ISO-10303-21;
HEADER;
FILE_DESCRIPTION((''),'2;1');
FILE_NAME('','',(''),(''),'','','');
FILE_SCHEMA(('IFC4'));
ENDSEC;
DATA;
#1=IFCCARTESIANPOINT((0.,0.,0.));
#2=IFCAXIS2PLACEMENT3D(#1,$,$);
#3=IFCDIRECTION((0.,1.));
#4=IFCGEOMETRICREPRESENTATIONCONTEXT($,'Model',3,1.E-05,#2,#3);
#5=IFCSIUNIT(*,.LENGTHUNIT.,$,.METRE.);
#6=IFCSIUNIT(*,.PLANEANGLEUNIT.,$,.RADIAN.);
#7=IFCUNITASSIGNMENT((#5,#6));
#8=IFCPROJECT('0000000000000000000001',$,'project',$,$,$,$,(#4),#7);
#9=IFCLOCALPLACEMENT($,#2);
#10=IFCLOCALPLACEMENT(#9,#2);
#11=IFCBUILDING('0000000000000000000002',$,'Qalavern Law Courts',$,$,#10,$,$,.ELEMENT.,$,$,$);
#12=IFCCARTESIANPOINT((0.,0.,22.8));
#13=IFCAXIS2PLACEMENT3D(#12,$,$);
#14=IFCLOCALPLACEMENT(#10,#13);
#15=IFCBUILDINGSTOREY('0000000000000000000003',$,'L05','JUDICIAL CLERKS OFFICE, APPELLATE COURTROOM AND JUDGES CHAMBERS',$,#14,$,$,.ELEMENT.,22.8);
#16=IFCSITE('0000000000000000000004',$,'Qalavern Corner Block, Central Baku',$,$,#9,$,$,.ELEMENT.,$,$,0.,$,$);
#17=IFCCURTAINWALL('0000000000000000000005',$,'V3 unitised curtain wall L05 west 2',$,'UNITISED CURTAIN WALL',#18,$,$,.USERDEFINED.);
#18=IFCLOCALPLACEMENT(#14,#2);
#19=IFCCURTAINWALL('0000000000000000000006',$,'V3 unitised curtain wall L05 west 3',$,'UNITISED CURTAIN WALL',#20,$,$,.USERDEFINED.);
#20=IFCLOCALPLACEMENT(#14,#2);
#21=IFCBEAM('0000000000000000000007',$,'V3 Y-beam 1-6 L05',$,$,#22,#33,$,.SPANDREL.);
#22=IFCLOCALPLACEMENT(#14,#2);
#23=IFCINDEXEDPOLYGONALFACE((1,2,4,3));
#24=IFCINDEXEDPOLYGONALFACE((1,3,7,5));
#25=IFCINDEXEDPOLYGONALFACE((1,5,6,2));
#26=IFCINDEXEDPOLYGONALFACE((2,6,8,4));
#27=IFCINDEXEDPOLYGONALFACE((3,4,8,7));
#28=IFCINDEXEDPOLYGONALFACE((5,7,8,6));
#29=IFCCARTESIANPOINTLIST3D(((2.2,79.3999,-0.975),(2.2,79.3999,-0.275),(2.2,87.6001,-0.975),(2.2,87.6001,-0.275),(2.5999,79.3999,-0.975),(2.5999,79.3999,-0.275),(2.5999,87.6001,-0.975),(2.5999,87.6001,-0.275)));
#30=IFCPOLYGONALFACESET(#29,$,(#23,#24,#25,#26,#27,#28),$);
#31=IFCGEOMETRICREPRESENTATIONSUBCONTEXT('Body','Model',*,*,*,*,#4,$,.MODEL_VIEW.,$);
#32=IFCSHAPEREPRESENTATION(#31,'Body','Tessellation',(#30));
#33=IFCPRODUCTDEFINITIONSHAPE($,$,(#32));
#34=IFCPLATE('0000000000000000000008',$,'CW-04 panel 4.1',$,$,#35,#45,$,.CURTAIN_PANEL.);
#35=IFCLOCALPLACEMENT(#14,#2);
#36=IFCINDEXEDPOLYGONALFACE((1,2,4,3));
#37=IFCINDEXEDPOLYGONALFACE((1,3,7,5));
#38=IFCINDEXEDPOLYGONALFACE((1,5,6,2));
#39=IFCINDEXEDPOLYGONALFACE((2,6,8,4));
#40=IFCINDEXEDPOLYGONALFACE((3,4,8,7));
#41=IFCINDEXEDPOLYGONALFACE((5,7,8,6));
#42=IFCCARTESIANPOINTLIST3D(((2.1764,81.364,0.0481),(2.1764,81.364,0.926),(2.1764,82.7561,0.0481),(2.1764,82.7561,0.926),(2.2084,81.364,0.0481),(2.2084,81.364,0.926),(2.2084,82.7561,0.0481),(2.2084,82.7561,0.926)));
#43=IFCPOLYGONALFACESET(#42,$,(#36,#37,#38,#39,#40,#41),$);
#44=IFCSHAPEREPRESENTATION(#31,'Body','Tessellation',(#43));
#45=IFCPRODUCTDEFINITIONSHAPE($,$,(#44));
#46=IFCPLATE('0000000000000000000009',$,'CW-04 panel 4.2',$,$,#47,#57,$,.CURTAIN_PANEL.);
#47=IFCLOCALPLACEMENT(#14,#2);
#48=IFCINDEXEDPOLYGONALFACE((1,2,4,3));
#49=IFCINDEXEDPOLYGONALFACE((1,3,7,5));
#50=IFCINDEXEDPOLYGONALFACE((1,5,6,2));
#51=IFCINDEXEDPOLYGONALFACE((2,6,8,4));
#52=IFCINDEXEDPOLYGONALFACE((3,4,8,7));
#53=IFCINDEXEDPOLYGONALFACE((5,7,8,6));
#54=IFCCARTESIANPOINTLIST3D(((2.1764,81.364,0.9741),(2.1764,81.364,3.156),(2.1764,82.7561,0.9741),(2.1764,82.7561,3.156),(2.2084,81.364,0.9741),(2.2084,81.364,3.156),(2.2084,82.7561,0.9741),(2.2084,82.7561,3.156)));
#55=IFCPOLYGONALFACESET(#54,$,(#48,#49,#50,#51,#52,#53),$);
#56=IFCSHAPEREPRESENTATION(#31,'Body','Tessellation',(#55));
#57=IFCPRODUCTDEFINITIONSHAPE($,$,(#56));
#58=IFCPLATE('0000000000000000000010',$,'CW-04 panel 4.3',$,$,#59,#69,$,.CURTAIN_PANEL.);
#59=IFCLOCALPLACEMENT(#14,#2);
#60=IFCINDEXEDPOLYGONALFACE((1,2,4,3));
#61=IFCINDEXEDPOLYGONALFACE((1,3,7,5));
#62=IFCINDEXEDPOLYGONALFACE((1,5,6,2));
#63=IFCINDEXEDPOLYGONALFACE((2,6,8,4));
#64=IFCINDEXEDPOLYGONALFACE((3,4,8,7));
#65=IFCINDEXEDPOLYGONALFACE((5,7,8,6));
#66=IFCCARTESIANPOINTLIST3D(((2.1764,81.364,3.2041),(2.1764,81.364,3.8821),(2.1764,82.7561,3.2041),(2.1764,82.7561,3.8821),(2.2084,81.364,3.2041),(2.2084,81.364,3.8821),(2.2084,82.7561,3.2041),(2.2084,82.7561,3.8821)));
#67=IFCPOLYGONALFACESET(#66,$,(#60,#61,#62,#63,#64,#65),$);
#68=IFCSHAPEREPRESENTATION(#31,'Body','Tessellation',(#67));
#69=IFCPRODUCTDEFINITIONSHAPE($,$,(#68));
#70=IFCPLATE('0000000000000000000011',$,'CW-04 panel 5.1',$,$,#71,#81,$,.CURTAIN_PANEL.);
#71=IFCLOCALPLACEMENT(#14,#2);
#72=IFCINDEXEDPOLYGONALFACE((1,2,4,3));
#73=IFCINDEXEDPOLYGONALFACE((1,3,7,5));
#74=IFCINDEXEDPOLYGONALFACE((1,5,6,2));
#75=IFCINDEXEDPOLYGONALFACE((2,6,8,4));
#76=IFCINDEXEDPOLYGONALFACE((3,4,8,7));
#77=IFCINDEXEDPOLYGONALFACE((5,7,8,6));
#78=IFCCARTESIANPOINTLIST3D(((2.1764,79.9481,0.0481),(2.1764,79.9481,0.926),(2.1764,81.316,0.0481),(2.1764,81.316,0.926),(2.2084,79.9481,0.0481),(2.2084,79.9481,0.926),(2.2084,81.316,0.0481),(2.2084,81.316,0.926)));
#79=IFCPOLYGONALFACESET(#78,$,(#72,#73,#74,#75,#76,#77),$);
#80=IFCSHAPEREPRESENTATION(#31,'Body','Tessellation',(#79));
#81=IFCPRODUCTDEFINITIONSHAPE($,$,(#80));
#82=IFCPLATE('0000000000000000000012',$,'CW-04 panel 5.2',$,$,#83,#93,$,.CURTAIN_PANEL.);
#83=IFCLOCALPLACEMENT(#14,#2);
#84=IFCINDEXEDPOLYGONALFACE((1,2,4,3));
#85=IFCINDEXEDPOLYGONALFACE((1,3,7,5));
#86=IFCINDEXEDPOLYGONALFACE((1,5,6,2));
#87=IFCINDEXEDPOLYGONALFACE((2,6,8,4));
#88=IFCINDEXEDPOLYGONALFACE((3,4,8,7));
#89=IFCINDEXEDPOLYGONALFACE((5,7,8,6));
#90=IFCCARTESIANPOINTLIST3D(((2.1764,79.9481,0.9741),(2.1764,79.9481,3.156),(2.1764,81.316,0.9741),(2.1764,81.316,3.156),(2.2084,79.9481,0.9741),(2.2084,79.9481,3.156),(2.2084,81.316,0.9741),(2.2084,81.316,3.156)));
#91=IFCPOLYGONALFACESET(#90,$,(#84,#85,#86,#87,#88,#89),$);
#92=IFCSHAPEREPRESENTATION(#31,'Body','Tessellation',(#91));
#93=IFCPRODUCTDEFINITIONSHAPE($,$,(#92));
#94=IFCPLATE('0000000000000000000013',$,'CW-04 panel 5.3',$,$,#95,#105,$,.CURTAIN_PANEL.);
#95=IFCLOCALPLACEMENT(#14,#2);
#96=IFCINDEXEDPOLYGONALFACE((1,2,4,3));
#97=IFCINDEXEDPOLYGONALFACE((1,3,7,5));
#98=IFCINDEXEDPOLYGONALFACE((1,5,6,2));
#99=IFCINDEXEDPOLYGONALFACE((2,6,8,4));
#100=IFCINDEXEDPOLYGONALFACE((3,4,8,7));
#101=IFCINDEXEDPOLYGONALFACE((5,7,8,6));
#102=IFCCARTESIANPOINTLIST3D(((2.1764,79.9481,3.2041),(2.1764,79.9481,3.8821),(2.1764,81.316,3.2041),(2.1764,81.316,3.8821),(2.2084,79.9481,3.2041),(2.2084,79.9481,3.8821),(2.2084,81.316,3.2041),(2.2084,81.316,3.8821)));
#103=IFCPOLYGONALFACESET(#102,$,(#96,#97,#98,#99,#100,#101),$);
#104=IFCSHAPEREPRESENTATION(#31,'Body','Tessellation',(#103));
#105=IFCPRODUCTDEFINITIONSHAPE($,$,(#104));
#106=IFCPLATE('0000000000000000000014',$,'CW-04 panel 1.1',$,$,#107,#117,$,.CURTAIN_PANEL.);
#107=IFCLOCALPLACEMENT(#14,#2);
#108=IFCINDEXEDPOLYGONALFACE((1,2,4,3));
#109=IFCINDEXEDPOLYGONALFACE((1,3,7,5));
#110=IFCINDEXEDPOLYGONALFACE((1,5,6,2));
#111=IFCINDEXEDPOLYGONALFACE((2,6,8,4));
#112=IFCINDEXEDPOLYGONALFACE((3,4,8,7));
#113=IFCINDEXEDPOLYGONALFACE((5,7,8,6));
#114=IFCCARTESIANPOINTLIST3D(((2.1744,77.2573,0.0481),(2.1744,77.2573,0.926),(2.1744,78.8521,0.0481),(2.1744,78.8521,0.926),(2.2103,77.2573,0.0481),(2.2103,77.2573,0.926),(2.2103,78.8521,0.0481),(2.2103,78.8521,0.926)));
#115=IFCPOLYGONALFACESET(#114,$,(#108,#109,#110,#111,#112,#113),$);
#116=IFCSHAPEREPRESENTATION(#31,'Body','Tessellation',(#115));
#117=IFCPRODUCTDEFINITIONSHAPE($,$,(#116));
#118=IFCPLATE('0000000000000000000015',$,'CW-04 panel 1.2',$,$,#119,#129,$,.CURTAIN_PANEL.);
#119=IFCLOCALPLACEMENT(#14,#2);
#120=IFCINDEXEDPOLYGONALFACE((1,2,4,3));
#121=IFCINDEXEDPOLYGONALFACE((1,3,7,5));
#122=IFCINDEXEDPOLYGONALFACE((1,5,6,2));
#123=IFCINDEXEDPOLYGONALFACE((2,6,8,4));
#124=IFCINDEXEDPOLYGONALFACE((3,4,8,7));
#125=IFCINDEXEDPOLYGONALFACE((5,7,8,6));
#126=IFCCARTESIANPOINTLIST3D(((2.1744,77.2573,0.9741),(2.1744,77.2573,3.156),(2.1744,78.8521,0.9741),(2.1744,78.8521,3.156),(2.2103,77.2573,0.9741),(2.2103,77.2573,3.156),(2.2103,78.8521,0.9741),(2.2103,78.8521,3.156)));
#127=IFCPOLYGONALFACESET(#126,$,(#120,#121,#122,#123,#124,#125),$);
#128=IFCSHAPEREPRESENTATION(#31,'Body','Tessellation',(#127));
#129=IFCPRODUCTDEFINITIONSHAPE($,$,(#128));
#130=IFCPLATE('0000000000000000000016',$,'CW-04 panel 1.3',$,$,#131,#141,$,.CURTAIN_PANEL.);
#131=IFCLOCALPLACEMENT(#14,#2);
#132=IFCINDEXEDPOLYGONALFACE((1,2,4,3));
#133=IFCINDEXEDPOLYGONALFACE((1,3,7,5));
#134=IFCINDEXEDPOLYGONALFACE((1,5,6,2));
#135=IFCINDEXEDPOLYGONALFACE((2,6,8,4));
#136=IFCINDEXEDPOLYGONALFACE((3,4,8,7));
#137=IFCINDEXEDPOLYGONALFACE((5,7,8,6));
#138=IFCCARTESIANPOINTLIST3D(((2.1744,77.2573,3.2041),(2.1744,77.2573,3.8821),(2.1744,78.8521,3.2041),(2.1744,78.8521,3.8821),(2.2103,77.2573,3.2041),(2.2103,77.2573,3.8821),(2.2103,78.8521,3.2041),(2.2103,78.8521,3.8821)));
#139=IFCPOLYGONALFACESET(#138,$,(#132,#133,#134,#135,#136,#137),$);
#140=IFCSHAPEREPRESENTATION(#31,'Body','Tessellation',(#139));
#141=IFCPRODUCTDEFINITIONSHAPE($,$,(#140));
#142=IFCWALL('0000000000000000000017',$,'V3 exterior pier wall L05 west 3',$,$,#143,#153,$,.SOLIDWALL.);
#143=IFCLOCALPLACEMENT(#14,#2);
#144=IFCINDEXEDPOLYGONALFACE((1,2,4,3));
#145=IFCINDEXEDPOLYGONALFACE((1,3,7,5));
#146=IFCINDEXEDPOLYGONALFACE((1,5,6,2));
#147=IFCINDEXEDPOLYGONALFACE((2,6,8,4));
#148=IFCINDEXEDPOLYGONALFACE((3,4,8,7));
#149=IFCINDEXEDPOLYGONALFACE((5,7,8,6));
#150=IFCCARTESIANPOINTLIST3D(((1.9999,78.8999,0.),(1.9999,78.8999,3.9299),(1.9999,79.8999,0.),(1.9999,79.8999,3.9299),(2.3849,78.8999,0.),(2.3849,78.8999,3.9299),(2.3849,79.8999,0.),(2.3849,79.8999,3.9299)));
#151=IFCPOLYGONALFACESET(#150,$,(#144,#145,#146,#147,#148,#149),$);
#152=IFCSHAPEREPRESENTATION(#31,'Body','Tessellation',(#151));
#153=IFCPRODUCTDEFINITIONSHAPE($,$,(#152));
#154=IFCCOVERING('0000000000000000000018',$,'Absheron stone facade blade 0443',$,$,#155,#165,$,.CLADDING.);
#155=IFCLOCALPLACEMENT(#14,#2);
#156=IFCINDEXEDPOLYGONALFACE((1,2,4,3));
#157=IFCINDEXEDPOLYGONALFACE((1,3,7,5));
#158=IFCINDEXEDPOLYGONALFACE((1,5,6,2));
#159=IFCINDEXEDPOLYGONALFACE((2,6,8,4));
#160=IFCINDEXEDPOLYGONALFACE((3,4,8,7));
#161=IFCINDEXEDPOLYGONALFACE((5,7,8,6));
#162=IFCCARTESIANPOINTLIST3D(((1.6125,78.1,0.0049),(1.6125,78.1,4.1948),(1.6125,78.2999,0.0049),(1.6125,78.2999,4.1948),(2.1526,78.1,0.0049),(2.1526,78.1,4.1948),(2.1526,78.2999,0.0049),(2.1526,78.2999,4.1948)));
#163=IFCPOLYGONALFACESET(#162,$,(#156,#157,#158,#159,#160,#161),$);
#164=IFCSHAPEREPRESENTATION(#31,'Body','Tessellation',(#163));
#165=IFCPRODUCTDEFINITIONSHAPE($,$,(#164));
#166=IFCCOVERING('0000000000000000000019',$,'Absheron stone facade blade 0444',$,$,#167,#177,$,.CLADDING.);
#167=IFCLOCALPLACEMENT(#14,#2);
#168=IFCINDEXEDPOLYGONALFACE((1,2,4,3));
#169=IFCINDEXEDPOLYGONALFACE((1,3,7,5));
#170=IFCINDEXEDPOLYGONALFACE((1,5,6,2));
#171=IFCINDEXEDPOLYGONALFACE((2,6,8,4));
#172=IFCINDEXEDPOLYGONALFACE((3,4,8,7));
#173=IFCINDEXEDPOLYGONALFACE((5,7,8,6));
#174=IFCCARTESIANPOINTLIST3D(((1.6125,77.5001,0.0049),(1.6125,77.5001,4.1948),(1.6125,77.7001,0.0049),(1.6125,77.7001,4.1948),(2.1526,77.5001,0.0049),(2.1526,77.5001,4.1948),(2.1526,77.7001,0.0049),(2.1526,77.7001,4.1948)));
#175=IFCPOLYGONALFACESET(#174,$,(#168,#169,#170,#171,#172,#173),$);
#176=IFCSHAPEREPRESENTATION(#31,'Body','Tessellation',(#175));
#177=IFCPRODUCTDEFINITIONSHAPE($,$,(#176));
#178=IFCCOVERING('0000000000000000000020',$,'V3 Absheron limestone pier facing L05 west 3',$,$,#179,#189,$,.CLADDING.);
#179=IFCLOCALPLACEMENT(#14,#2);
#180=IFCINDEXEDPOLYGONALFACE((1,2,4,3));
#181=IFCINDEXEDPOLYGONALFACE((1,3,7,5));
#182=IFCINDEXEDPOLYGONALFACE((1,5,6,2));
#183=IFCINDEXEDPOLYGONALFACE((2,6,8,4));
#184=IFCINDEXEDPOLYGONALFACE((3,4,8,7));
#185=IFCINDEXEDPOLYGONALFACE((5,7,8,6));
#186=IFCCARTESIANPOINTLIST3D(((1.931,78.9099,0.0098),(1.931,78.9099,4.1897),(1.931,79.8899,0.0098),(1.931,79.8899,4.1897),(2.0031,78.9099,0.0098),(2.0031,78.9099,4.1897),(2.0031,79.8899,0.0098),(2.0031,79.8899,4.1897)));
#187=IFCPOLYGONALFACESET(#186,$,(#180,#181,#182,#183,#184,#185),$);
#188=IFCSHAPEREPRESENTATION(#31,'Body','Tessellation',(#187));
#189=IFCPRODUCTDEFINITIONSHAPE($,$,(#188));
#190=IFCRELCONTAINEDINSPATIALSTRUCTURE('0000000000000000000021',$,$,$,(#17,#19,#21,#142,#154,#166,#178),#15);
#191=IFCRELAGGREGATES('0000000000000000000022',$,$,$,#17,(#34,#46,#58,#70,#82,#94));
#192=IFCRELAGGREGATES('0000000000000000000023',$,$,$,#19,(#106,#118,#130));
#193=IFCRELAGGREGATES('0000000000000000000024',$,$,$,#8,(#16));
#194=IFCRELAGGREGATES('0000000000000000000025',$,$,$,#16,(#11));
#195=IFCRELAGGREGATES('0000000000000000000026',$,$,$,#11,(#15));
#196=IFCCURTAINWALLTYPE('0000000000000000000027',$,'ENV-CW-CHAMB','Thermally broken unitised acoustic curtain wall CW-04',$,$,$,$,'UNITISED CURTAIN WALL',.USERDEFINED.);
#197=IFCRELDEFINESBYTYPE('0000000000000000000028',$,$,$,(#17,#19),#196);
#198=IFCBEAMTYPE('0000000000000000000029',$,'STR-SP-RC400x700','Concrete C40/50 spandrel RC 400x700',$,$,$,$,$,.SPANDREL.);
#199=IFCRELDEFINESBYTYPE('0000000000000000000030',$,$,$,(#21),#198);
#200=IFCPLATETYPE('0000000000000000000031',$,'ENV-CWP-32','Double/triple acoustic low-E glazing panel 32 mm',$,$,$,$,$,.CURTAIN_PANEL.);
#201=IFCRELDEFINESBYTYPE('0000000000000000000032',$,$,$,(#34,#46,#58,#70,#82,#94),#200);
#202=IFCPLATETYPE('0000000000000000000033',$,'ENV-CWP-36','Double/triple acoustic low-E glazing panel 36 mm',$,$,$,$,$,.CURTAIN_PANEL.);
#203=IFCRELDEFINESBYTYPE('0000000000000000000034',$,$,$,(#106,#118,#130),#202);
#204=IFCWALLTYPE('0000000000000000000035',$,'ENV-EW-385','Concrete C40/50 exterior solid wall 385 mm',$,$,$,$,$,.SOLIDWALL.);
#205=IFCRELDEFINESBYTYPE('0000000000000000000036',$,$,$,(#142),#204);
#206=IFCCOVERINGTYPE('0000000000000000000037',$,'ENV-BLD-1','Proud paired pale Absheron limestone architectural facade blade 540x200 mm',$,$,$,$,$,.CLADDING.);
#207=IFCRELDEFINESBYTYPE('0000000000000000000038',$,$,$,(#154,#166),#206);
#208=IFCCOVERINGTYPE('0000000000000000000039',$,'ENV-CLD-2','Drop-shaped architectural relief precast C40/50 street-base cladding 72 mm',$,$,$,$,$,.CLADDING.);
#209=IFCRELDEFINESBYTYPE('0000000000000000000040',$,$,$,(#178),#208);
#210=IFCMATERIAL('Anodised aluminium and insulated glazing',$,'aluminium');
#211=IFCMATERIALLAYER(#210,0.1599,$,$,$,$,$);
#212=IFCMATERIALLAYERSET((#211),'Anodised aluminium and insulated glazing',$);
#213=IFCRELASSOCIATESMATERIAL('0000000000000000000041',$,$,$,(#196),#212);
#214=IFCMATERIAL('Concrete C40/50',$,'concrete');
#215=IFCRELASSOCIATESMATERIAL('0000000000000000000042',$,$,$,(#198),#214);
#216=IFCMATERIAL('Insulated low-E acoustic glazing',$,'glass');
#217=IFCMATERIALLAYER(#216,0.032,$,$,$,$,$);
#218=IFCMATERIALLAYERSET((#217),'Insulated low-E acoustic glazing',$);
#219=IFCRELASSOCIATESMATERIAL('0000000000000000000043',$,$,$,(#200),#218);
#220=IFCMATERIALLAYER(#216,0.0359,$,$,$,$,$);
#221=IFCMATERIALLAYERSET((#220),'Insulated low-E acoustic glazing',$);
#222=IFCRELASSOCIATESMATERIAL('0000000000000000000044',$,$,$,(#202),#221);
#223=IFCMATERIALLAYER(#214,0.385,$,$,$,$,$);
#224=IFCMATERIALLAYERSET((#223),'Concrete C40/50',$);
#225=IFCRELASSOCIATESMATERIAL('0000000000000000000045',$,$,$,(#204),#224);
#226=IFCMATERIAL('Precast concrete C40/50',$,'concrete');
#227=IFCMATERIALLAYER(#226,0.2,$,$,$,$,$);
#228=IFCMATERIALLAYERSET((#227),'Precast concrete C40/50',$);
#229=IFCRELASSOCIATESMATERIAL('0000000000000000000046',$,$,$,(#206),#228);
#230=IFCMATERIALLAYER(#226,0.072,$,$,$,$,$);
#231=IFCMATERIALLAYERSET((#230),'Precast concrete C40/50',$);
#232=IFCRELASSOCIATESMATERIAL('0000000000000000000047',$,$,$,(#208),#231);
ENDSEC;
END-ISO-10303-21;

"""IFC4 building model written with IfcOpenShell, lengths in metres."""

from ifc_helpers import new_model, si_unit, direction, frame, frame_2d, origin, origin_2d, place, context, subcontext, project, spatial, rectangle, extrude, material, layer, layer_set, material_profile, profile_set, type_object, element, aggregate, save


model = new_model("IFC4")

# Units and contexts
model_context = context("Model", 3, precision=1e-05, world=origin(), true_north=direction((0.0, 1.0)))
body_context = subcontext(model_context, "Body", "Model", "MODEL_VIEW")
ifc_project = project(units=[si_unit("LENGTHUNIT", "METRE"), si_unit("PLANEANGLEUNIT", "RADIAN")], contexts=[model_context])

# Site, building, storey
site_placement = place(None, origin())
site = spatial("IfcSite", under=ifc_project, at=site_placement, Name="Qalavern Corner Block, Central Baku", CompositionType="ELEMENT", RefElevation=0.0)
building_placement = place(site_placement, origin())
building = spatial("IfcBuilding", under=site, at=building_placement, Name="Qalavern Law Courts", CompositionType="ELEMENT")
storey_placement = place(building_placement, frame((0.0, 0.0, 22.8)))
storey = spatial("IfcBuildingStorey", under=building, at=storey_placement, Name="L05", Description="JUDICIAL CLERKS OFFICE, APPELLATE COURTROOM AND JUDGES CHAMBERS", CompositionType="ELEMENT", Elevation=22.8)

# Curtain walls
ifc_material_1 = material(Name="Anodised aluminium and insulated glazing", Category="aluminium")
ifc_layer_1 = layer(ifc_material_1, 0.1599)
ifc_layer_set_1 = layer_set([ifc_layer_1], Name="Anodised aluminium and insulated glazing")
curtain_wall_type = type_object("IfcCurtainWallType", Name="ENV-CW-CHAMB", Description="Thermally broken unitised acoustic curtain wall CW-04", ElementType="UNITISED CURTAIN WALL", PredefinedType="USERDEFINED", material=ifc_layer_set_1)
curtain_wall_1_placement = place(storey_placement, origin())
curtain_wall_1 = element("IfcCurtainWall", 1, at=curtain_wall_1_placement, inside=storey, type_object=curtain_wall_type, Name="V3 unitised curtain wall L05 west 2", ObjectType="UNITISED CURTAIN WALL", PredefinedType="USERDEFINED")
curtain_wall_2_placement = place(storey_placement, origin())
curtain_wall_2 = element("IfcCurtainWall", 2, at=curtain_wall_2_placement, inside=storey, type_object=curtain_wall_type, Name="V3 unitised curtain wall L05 west 3", ObjectType="UNITISED CURTAIN WALL", PredefinedType="USERDEFINED")

# Beam
ifc_material_2 = material(Name="Concrete C40/50", Category="concrete")
ifc_material_profile_1 = material_profile(ifc_material_2, rectangle(XDim=0.3999, YDim=0.7, at=origin_2d()), Name="RC 400x700")
ifc_profile_set_1 = profile_set([ifc_material_profile_1], Name="Concrete C40/50")
beam_type_1 = type_object("IfcBeamType", Name="STR-SP-RC400x700", Description="Concrete C40/50 spandrel RC 400x700", PredefinedType="SPANDREL", material=ifc_profile_set_1)
beam_1_placement = place(storey_placement, frame((2.3999, 79.3999, -0.625), z_axis=(0.0, 1.0, 0.0), x_axis=(-1.0, 0.0, 0.0)))
element("IfcBeam", 3, at=beam_1_placement, inside=storey, type_object=beam_type_1, Name="V3 Y-beam 1-6 L05", PredefinedType="SPANDREL", context=body_context, shape_type="SweptSolid", body=[
    extrude(rectangle(XDim=0.3999, YDim=0.7, at=origin_2d()), origin(), (0.0, 0.0, 1.0), 8.2002),
])

# Plates
ifc_material_3 = material(Name="Insulated low-E acoustic glazing", Category="glass")
ifc_layer_2 = layer(ifc_material_3, 0.032)
ifc_layer_set_2 = layer_set([ifc_layer_2], Name="Insulated low-E acoustic glazing")
plate_type_1 = type_object("IfcPlateType", Name="ENV-CWP-32", Description="Double/triple acoustic low-E glazing panel 32 mm", PredefinedType="CURTAIN_PANEL", material=ifc_layer_set_2)
plate_1_placement = place(storey_placement, frame((2.1924, 82.0601, 0.0481), z_axis=(0.0, 0.0, 1.0), x_axis=(0.0, -1.0, 0.0)))
plate_1 = element("IfcPlate", 4, at=plate_1_placement, type_object=plate_type_1, Name="CW-04 panel 4.1", PredefinedType="CURTAIN_PANEL", context=body_context, shape_type="SweptSolid", body=[
    extrude(rectangle(XDim=1.3921, YDim=0.032, at=origin_2d()), origin(), (0.0, 0.0, 1.0), 0.8779),
])
plate_2_placement = place(storey_placement, frame((2.1924, 82.0601, 0.9741), z_axis=(0.0, 0.0, 1.0), x_axis=(0.0, -1.0, 0.0)))
plate_2 = element("IfcPlate", 5, at=plate_2_placement, type_object=plate_type_1, Name="CW-04 panel 4.2", PredefinedType="CURTAIN_PANEL", context=body_context, shape_type="SweptSolid", body=[
    extrude(rectangle(XDim=1.3921, YDim=0.032, at=origin_2d()), origin(), (0.0, 0.0, 1.0), 2.1819),
])
plate_3_placement = place(storey_placement, frame((2.1924, 82.0601, 3.2041), z_axis=(0.0, 0.0, 1.0), x_axis=(0.0, -1.0, 0.0)))
plate_3 = element("IfcPlate", 6, at=plate_3_placement, type_object=plate_type_1, Name="CW-04 panel 4.3", PredefinedType="CURTAIN_PANEL", context=body_context, shape_type="SweptSolid", body=[
    extrude(rectangle(XDim=1.3921, YDim=0.032, at=origin_2d()), origin(), (0.0, 0.0, 1.0), 0.678),
])
plate_4_placement = place(storey_placement, frame((2.1924, 80.6321, 0.0481), z_axis=(0.0, 0.0, 1.0), x_axis=(0.0, -1.0, 0.0)))
plate_4 = element("IfcPlate", 7, at=plate_4_placement, type_object=plate_type_1, Name="CW-04 panel 5.1", PredefinedType="CURTAIN_PANEL", context=body_context, shape_type="SweptSolid", body=[
    extrude(rectangle(XDim=1.3679, YDim=0.032, at=origin_2d()), origin(), (0.0, 0.0, 1.0), 0.8779),
])
plate_5_placement = place(storey_placement, frame((2.1924, 80.6321, 0.9741), z_axis=(0.0, 0.0, 1.0), x_axis=(0.0, -1.0, 0.0)))
plate_5 = element("IfcPlate", 8, at=plate_5_placement, type_object=plate_type_1, Name="CW-04 panel 5.2", PredefinedType="CURTAIN_PANEL", context=body_context, shape_type="SweptSolid", body=[
    extrude(rectangle(XDim=1.3679, YDim=0.032, at=origin_2d()), origin(), (0.0, 0.0, 1.0), 2.1819),
])
plate_6_placement = place(storey_placement, frame((2.1924, 80.6321, 3.2041), z_axis=(0.0, 0.0, 1.0), x_axis=(0.0, -1.0, 0.0)))
plate_6 = element("IfcPlate", 9, at=plate_6_placement, type_object=plate_type_1, Name="CW-04 panel 5.3", PredefinedType="CURTAIN_PANEL", context=body_context, shape_type="SweptSolid", body=[
    extrude(rectangle(XDim=1.3679, YDim=0.032, at=origin_2d()), origin(), (0.0, 0.0, 1.0), 0.678),
])
aggregate(curtain_wall_1, [plate_1, plate_2, plate_3, plate_4, plate_5, plate_6])
ifc_layer_3 = layer(ifc_material_3, 0.0359)
ifc_layer_set_3 = layer_set([ifc_layer_3], Name="Insulated low-E acoustic glazing")
plate_type_2 = type_object("IfcPlateType", Name="ENV-CWP-36", Description="Double/triple acoustic low-E glazing panel 36 mm", PredefinedType="CURTAIN_PANEL", material=ifc_layer_set_3)
plate_7_placement = place(storey_placement, frame((2.1924, 78.0547, 0.0481), z_axis=(0.0, 0.0, 1.0), x_axis=(0.0, -1.0, 0.0)))
plate_7 = element("IfcPlate", 10, at=plate_7_placement, type_object=plate_type_2, Name="CW-04 panel 1.1", PredefinedType="CURTAIN_PANEL", context=body_context, shape_type="SweptSolid", body=[
    extrude(rectangle(XDim=1.5947, YDim=0.0359, at=origin_2d()), origin(), (0.0, 0.0, 1.0), 0.8779),
])
plate_8_placement = place(storey_placement, frame((2.1924, 78.0547, 0.9741), z_axis=(0.0, 0.0, 1.0), x_axis=(0.0, -1.0, 0.0)))
plate_8 = element("IfcPlate", 11, at=plate_8_placement, type_object=plate_type_2, Name="CW-04 panel 1.2", PredefinedType="CURTAIN_PANEL", context=body_context, shape_type="SweptSolid", body=[
    extrude(rectangle(XDim=1.5947, YDim=0.0359, at=origin_2d()), origin(), (0.0, 0.0, 1.0), 2.1819),
])
plate_9_placement = place(storey_placement, frame((2.1924, 78.0547, 3.2041), z_axis=(0.0, 0.0, 1.0), x_axis=(0.0, -1.0, 0.0)))
plate_9 = element("IfcPlate", 12, at=plate_9_placement, type_object=plate_type_2, Name="CW-04 panel 1.3", PredefinedType="CURTAIN_PANEL", context=body_context, shape_type="SweptSolid", body=[
    extrude(rectangle(XDim=1.5947, YDim=0.0359, at=origin_2d()), origin(), (0.0, 0.0, 1.0), 0.678),
])
aggregate(curtain_wall_2, [plate_7, plate_8, plate_9])

# Wall
ifc_layer_4 = layer(ifc_material_2, 0.385)
ifc_layer_set_4 = layer_set([ifc_layer_4], Name="Concrete C40/50")
wall_type = type_object("IfcWallType", Name="ENV-EW-385", Description="Concrete C40/50 exterior solid wall 385 mm", PredefinedType="SOLIDWALL", material=ifc_layer_set_4)
wall_placement = place(storey_placement, frame((2.1924, 79.8999, 0.0), z_axis=(0.0, 0.0, 1.0), x_axis=(0.0, -1.0, 0.0)))
element("IfcWall", 13, at=wall_placement, inside=storey, type_object=wall_type, Name="V3 exterior pier wall L05 west 3", PredefinedType="SOLIDWALL", context=body_context, shape_type="SweptSolid", body=[
    extrude(rectangle(XDim=1.0, YDim=0.385, at=frame_2d((0.5, 0.0))), origin(), (0.0, 0.0, 1.0), 3.9299),
])

# Coverings
ifc_material_4 = material(Name="Precast concrete C40/50", Category="concrete")
ifc_layer_5 = layer(ifc_material_4, 0.2)
ifc_layer_set_5 = layer_set([ifc_layer_5], Name="Precast concrete C40/50")
covering_type_1 = type_object("IfcCoveringType", Name="ENV-BLD-1", Description="Proud paired pale Absheron limestone architectural facade blade 540x200 mm", PredefinedType="CLADDING", material=ifc_layer_set_5)
for number, where, z_axis, x_axis, name in (
    (14, (1.8826, 78.2, 0.0049), (0.0, 0.0, 1.0), (-1.0, 0.0, 0.0), "Absheron stone facade blade 0443"),
    (15, (1.8826, 77.6001, 0.0049), (0.0, 0.0, 1.0), (-1.0, 0.0, 0.0), "Absheron stone facade blade 0444"),
):
    element("IfcCovering", number, at=place(storey_placement, frame(where, z_axis=z_axis, x_axis=x_axis)), inside=storey, type_object=covering_type_1, Name=name, PredefinedType="CLADDING", context=body_context, shape_type="SweptSolid", body=[
        extrude(rectangle(XDim=0.54, YDim=0.2, at=origin_2d()), origin(), (0.0, 0.0, 1.0), 4.1899),
    ])
ifc_layer_6 = layer(ifc_material_4, 0.072)
ifc_layer_set_6 = layer_set([ifc_layer_6], Name="Precast concrete C40/50")
covering_type_2 = type_object("IfcCoveringType", Name="ENV-CLD-2", Description="Drop-shaped architectural relief precast C40/50 street-base cladding 72 mm", PredefinedType="CLADDING", material=ifc_layer_set_6)
covering_placement = place(storey_placement, frame((1.967, 79.3999, 0.0098), z_axis=(0.0, 0.0, 1.0), x_axis=(0.0, -1.0, 0.0)))
element("IfcCovering", 16, at=covering_placement, inside=storey, type_object=covering_type_2, Name="V3 Absheron limestone pier facing L05 west 3", PredefinedType="CLADDING", context=body_context, shape_type="SweptSolid", body=[
    extrude(rectangle(XDim=0.98, YDim=0.072, at=origin_2d()), origin(), (0.0, 0.0, 1.0), 4.1799),
])

save(model, "model.ifc")
